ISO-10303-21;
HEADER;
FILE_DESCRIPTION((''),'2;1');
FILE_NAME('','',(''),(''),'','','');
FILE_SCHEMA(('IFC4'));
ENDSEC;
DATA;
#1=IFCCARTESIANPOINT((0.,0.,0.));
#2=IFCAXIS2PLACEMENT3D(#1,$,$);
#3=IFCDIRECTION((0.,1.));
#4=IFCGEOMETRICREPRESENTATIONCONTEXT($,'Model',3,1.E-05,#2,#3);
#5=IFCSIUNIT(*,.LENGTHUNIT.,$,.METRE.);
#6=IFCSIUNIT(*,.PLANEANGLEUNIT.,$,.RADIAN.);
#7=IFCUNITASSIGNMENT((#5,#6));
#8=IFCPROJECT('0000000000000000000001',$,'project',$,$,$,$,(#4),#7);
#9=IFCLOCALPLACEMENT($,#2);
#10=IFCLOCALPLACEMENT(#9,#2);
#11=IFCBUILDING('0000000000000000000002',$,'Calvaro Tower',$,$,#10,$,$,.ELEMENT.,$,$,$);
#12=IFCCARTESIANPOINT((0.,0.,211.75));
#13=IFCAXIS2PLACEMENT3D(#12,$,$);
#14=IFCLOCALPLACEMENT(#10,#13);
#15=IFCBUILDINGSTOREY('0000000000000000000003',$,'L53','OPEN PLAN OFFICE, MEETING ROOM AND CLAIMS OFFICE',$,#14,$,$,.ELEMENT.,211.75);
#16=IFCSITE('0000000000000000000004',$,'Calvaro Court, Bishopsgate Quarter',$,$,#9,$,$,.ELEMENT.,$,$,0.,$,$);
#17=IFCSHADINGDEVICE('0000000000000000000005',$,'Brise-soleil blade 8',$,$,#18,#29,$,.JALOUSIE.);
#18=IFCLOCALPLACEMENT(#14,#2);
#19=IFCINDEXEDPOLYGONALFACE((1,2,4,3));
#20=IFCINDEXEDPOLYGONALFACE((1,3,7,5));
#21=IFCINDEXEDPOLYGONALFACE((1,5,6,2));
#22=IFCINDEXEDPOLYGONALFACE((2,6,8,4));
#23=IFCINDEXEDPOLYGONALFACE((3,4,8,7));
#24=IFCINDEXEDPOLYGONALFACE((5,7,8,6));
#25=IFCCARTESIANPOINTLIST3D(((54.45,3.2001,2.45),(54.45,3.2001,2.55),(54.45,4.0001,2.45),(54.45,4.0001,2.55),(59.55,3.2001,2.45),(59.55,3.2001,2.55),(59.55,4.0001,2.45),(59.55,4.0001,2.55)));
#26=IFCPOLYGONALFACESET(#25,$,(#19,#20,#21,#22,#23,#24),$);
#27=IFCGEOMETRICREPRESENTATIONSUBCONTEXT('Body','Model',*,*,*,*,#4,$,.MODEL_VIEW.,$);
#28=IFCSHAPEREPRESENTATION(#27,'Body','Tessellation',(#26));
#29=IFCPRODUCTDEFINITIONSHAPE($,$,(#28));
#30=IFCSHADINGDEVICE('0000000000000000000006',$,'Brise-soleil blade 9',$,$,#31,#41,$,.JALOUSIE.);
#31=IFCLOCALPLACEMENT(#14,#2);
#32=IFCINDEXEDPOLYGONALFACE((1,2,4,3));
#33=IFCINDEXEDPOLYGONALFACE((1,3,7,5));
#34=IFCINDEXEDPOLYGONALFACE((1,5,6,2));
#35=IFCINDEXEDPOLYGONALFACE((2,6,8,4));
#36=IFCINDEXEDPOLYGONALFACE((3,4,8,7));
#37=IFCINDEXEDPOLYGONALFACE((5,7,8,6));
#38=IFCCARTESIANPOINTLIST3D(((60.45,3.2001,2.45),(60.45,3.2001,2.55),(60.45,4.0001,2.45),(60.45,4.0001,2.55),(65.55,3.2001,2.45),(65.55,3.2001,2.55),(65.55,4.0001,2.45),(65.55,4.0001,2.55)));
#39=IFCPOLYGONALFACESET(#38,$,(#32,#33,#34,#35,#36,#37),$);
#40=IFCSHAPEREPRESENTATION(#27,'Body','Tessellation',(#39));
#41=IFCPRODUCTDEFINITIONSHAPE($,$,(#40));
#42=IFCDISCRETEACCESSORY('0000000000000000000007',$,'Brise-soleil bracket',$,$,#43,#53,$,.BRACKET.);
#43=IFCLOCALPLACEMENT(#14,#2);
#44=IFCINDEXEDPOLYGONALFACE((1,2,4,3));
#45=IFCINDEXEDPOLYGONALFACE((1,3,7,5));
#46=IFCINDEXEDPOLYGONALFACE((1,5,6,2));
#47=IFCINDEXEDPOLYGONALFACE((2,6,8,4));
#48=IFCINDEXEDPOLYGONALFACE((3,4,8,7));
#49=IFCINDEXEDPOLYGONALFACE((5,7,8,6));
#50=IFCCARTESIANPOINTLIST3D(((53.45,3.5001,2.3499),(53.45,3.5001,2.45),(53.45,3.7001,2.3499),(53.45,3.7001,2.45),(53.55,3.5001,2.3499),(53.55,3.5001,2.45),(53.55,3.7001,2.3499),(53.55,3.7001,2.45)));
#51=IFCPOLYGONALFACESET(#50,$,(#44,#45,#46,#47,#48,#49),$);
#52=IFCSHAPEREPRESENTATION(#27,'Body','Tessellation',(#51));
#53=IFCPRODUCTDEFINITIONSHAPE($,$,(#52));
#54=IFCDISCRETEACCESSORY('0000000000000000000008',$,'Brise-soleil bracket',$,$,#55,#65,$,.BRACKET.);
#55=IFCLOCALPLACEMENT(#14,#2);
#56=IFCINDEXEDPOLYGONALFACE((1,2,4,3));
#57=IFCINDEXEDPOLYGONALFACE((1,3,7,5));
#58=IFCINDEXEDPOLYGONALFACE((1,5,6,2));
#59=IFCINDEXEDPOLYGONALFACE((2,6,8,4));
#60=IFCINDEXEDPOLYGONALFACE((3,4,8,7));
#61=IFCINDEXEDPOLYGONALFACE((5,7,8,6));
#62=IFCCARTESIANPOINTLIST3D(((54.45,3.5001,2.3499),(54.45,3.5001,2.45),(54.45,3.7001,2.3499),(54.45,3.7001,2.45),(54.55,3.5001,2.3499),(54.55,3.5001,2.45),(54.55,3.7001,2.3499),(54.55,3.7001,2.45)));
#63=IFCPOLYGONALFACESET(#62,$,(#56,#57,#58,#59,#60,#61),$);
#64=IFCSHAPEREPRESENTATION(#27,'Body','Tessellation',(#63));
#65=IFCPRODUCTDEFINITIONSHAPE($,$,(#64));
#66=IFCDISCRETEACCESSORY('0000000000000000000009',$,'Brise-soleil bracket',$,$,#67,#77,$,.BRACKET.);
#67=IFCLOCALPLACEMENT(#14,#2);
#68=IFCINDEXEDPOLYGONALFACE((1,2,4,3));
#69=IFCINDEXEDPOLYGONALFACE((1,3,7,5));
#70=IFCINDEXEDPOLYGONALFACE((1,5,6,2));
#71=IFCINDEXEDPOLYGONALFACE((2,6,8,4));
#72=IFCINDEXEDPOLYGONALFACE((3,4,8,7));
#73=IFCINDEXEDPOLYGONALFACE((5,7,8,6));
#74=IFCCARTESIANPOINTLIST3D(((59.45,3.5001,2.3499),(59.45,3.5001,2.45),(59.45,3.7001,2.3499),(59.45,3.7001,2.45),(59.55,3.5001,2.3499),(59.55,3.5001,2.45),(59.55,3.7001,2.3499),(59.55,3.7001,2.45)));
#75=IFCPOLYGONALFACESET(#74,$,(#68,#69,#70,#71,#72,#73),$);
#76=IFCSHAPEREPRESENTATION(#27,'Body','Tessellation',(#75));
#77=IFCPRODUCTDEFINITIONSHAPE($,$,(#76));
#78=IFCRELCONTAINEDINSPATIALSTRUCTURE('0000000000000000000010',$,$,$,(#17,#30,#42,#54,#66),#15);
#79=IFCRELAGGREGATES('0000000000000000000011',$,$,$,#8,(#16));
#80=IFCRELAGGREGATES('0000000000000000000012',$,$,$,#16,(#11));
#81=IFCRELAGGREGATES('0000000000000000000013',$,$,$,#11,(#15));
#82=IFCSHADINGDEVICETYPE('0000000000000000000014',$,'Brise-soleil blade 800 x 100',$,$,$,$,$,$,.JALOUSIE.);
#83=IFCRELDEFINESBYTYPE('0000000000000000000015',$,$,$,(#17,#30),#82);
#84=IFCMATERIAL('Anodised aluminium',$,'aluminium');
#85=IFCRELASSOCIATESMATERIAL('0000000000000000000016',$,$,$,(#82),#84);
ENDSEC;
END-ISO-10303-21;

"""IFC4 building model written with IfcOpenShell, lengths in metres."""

from ifc_helpers import new_model, si_unit, direction, frame, origin, origin_2d, place, context, subcontext, project, spatial, rectangle, extrude, material, material_profile, profile_set, type_object, element, save


model = new_model("IFC4")

# Units and contexts
model_context = context("Model", 3, precision=1e-05, world=origin(), true_north=direction((0.0, 1.0)))
body_context = subcontext(model_context, "Body", "Model", "MODEL_VIEW")
ifc_project = project(units=[si_unit("LENGTHUNIT", "METRE"), si_unit("PLANEANGLEUNIT", "RADIAN")], contexts=[model_context])

# Site, building, storey
site_placement = place(None, origin())
site = spatial("IfcSite", under=ifc_project, at=site_placement, Name="Calvaro Court, Bishopsgate Quarter", CompositionType="ELEMENT", RefElevation=0.0)
building_placement = place(site_placement, origin())
building = spatial("IfcBuilding", under=site, at=building_placement, Name="Calvaro Tower", CompositionType="ELEMENT")
storey_placement = place(building_placement, frame((0.0, 0.0, 211.75)))
storey = spatial("IfcBuildingStorey", under=building, at=storey_placement, Name="L53", Description="OPEN PLAN OFFICE, MEETING ROOM AND CLAIMS OFFICE", CompositionType="ELEMENT", Elevation=211.75)

# Shading devices
ifc_material_1 = material(Name="Anodised aluminium", Category="aluminium")
ifc_material_profile_1 = material_profile(ifc_material_1, rectangle(XDim=0.8, YDim=0.1001, at=origin_2d()), Name="Brise-soleil blade 800 x 100")
ifc_profile_set_1 = profile_set([ifc_material_profile_1], Name="Anodised aluminium")
shading_device_type = type_object("IfcShadingDeviceType", Name="Brise-soleil blade 800 x 100", PredefinedType="JALOUSIE", material=ifc_profile_set_1)
for number, where, z_axis, x_axis, name in (
    (1, (54.45, 3.6001, 2.5), (1.0, 0.0, 0.0), (0.0, 1.0, 0.0), "Brise-soleil blade 8"),
    (2, (60.45, 3.6001, 2.5), (1.0, 0.0, 0.0), (0.0, 1.0, 0.0), "Brise-soleil blade 9"),
):
    element("IfcShadingDevice", number, at=place(storey_placement, frame(where, z_axis=z_axis, x_axis=x_axis)), inside=storey, type_object=shading_device_type, Name=name, PredefinedType="JALOUSIE", context=body_context, shape_type="SweptSolid", body=[
        extrude(rectangle(XDim=0.8, YDim=0.1001, at=origin_2d()), origin(), (0.0, 0.0, 1.0), 5.1001),
    ])

# Discrete accessories
for number, where, z_axis, x_axis, name in (
    (3, (53.5, 3.6001, 2.3499), (0.0, 0.0, 1.0), (1.0, 0.0, 0.0), "Brise-soleil bracket"),
    (4, (54.5, 3.6001, 2.3499), (0.0, 0.0, 1.0), (1.0, 0.0, 0.0), "Brise-soleil bracket"),
    (5, (59.5, 3.6001, 2.3499), (0.0, 0.0, 1.0), (1.0, 0.0, 0.0), "Brise-soleil bracket"),
):
    element("IfcDiscreteAccessory", number, at=place(storey_placement, frame(where, z_axis=z_axis, x_axis=x_axis)), inside=storey, Name=name, PredefinedType="BRACKET", context=body_context, shape_type="SweptSolid", body=[
        extrude(rectangle(XDim=0.1001, YDim=0.2, at=origin_2d()), origin(), (0.0, 0.0, 1.0), 0.1001),
    ])

save(model, "model.ifc")
